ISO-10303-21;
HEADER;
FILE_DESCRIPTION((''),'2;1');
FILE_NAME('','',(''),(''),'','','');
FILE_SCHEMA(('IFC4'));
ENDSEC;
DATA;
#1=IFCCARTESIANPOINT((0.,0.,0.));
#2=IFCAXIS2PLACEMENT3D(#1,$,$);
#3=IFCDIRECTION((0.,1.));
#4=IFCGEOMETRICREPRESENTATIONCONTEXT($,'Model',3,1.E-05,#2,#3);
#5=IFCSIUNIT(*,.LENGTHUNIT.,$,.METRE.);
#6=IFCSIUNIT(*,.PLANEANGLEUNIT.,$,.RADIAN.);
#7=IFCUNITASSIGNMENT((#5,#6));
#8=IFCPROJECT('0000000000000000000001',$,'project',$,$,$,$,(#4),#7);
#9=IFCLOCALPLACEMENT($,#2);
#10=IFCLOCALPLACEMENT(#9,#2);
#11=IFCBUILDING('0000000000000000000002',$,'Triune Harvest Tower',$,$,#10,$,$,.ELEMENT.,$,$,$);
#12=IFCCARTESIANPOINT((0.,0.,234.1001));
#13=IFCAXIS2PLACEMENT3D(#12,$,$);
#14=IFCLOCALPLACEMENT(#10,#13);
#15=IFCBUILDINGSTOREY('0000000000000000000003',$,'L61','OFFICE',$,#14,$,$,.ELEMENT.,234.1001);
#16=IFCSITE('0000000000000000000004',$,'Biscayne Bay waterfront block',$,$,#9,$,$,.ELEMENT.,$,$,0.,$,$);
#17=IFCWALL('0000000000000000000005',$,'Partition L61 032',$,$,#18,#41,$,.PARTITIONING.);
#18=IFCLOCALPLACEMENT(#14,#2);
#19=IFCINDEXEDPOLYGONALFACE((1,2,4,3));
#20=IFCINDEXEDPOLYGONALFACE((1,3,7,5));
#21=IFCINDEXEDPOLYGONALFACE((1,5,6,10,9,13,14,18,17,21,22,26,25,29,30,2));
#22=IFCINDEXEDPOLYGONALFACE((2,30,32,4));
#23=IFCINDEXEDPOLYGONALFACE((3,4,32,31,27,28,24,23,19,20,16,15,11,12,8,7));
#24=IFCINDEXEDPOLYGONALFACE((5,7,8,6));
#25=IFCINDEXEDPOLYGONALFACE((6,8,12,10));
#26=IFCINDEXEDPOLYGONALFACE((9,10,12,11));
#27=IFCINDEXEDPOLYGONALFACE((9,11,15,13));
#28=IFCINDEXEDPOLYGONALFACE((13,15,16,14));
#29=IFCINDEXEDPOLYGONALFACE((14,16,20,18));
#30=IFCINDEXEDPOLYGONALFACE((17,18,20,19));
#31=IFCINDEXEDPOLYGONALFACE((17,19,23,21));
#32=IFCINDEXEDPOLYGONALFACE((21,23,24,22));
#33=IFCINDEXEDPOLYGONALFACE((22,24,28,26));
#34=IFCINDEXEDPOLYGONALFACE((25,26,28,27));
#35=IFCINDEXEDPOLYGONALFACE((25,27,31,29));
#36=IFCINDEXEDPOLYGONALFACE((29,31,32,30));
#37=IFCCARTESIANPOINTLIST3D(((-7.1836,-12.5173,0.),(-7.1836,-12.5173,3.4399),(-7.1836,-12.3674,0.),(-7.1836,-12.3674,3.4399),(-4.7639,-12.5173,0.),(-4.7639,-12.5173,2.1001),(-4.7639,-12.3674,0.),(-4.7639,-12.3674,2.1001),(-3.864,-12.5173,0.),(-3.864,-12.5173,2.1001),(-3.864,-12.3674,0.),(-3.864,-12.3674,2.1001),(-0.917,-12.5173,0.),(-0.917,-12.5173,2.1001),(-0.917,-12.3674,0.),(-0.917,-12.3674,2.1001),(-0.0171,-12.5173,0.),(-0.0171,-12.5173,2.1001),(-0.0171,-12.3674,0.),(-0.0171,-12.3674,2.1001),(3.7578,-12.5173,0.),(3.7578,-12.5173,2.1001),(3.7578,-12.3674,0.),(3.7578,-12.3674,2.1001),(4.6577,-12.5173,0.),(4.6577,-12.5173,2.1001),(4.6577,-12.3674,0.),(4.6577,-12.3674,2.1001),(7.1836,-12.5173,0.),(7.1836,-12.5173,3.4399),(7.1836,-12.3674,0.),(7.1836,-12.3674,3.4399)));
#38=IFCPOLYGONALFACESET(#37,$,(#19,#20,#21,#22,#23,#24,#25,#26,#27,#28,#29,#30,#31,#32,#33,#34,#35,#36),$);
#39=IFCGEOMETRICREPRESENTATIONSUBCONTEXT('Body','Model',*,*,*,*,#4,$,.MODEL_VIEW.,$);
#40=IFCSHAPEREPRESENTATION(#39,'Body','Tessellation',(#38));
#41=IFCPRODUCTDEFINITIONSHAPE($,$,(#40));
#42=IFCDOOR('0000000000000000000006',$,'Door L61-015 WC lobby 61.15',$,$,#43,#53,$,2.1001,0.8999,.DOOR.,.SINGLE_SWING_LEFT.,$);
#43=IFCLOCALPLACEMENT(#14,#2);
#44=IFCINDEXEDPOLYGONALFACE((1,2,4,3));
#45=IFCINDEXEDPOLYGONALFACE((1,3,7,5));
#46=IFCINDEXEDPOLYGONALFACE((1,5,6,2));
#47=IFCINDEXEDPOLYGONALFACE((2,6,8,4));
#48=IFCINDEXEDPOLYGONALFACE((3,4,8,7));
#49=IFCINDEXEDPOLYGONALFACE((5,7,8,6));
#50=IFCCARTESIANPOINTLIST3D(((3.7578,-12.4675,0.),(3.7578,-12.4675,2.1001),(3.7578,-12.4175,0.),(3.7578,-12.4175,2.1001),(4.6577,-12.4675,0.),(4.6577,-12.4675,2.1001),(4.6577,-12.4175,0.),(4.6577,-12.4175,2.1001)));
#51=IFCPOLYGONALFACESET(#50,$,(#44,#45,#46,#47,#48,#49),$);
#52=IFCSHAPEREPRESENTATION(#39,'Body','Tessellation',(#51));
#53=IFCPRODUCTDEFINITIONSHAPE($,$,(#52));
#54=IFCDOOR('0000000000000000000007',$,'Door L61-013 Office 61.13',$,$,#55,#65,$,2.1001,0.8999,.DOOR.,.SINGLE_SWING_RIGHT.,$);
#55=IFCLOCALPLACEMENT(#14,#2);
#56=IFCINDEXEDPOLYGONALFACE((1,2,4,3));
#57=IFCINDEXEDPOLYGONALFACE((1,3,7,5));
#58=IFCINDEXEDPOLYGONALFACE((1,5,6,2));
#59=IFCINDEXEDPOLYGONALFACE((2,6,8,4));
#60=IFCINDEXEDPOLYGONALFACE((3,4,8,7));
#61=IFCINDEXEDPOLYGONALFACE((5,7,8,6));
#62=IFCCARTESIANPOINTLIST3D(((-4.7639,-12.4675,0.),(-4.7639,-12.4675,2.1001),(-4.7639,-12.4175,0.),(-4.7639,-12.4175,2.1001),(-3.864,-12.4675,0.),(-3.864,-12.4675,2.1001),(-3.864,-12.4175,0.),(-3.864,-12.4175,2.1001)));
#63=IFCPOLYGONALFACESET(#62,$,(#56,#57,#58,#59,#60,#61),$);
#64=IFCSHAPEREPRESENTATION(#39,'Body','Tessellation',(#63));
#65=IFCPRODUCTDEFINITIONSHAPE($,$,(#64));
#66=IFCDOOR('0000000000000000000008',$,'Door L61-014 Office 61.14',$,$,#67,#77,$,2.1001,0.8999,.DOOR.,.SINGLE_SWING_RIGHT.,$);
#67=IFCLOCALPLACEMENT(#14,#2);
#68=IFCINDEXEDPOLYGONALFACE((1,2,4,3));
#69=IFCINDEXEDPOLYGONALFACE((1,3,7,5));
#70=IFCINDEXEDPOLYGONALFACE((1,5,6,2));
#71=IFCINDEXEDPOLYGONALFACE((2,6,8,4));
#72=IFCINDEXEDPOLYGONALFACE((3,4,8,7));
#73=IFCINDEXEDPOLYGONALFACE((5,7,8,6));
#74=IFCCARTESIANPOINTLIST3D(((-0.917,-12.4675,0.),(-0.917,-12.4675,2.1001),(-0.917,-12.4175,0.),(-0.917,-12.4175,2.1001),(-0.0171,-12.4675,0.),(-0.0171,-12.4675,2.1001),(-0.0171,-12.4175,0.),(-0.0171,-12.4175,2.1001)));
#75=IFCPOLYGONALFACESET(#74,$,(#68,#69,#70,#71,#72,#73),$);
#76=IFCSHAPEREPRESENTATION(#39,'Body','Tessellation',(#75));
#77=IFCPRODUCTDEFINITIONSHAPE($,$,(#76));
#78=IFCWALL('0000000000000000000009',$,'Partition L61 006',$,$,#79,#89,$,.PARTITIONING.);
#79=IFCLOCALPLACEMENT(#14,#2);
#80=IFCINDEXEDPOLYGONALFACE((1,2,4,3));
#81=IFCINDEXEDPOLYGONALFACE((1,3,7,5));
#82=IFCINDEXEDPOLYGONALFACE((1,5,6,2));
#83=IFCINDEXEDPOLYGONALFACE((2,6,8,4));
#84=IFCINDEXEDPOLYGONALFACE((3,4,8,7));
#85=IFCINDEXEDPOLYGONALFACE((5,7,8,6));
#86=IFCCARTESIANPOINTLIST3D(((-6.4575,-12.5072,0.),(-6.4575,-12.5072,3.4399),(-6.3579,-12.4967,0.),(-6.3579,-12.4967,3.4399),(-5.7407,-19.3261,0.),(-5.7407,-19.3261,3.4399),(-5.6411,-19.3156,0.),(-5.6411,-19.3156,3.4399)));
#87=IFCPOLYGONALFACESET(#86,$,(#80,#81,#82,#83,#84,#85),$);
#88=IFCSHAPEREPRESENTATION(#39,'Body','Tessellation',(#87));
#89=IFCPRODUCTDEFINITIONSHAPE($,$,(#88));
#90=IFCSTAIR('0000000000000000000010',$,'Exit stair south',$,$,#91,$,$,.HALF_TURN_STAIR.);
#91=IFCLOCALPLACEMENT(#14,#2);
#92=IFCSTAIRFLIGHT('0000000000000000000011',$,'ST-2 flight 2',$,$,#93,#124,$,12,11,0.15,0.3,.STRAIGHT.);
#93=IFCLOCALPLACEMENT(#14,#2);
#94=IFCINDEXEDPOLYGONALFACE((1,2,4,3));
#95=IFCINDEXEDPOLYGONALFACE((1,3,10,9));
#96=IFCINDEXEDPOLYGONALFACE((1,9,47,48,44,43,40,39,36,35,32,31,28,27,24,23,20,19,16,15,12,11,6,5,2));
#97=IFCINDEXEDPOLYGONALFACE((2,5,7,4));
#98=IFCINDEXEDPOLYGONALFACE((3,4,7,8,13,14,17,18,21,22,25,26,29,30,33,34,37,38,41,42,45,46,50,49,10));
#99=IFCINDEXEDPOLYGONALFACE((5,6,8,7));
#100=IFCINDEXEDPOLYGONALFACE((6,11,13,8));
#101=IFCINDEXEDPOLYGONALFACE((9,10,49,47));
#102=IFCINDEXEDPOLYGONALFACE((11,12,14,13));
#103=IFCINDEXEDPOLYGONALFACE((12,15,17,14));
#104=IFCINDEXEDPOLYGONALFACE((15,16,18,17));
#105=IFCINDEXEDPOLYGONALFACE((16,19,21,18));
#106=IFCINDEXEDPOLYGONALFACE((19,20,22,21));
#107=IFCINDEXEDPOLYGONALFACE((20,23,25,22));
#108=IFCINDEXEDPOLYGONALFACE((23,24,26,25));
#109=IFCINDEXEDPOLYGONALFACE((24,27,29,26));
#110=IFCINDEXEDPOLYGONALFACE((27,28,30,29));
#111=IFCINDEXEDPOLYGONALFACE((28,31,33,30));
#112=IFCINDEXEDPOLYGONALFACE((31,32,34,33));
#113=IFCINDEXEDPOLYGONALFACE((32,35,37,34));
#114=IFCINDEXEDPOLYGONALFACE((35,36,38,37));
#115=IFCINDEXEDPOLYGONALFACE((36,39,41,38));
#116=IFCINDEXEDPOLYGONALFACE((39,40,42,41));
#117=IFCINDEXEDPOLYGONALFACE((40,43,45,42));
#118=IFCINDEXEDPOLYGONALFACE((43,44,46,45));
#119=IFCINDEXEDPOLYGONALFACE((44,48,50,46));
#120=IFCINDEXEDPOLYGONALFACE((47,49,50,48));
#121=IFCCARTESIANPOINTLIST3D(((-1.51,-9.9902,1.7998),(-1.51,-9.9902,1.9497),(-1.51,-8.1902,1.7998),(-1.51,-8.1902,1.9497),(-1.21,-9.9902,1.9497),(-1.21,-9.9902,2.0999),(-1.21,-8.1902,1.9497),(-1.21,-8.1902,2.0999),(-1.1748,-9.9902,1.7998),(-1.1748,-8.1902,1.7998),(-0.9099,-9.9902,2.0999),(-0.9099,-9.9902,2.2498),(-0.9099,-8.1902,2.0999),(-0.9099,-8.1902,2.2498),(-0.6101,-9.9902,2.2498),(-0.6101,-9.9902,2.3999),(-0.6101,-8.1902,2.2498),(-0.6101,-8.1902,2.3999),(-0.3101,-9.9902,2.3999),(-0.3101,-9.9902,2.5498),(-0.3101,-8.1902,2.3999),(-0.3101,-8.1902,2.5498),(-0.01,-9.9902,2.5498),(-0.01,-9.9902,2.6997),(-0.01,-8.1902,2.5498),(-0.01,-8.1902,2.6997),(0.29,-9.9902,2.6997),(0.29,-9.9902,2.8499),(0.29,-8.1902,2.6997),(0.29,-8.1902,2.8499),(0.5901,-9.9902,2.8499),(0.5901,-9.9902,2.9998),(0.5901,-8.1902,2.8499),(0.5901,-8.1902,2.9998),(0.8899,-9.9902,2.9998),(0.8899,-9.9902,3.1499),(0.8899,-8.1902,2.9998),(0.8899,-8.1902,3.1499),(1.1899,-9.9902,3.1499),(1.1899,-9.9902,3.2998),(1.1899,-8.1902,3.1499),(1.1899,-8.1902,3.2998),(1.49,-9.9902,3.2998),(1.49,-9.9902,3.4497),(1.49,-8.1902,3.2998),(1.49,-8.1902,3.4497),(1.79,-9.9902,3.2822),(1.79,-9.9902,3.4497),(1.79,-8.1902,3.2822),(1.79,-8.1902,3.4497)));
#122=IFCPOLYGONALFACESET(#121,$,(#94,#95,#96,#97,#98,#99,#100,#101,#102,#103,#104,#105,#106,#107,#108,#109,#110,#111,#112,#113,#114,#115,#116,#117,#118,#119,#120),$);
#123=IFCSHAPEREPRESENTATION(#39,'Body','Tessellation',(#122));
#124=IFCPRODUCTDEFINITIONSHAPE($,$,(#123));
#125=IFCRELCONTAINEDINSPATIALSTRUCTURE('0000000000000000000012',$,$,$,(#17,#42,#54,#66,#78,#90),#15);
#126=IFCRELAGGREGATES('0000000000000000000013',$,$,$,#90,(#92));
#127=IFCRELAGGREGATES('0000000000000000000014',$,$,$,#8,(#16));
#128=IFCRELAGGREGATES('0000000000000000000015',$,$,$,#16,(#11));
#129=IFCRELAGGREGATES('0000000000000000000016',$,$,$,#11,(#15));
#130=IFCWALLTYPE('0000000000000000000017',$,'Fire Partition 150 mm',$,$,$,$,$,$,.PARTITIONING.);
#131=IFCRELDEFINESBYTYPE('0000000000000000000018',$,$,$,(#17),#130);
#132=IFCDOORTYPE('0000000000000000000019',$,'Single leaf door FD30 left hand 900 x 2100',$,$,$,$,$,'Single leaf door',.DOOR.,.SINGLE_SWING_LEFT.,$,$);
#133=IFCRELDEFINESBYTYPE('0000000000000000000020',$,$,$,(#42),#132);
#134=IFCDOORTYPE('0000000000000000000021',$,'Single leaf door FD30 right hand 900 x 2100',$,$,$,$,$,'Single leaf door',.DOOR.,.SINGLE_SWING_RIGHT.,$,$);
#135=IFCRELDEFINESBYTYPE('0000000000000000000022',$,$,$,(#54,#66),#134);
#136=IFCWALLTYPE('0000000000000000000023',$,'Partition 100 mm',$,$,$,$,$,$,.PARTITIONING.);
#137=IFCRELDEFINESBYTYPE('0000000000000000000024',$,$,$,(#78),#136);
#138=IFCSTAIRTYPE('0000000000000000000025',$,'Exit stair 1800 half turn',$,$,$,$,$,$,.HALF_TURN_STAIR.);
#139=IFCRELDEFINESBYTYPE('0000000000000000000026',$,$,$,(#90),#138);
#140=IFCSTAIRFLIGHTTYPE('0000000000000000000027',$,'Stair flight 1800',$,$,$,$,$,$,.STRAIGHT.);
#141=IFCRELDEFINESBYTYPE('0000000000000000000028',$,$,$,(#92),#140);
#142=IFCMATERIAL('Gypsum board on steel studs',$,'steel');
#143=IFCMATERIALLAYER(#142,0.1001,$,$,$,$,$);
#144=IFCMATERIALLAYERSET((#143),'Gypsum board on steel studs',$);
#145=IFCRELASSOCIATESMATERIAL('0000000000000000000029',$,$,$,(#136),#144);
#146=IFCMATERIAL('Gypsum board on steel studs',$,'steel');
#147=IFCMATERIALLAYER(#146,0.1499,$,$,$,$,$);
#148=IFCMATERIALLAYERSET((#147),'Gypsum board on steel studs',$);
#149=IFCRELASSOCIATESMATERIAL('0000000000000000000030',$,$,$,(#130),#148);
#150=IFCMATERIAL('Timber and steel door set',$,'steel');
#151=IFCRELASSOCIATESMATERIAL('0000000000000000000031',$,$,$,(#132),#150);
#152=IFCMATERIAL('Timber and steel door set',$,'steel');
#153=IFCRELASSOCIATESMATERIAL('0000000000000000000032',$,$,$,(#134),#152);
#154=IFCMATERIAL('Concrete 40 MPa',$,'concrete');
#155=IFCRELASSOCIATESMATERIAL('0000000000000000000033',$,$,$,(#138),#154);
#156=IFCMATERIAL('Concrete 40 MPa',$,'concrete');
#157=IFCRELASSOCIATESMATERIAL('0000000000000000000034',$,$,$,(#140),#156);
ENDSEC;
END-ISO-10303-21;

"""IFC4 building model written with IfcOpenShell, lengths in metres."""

from ifc_helpers import new_model, si_unit, direction, frame, frame_2d, origin, place, context, subcontext, project, spatial, polyline, rectangle, outline, extrude, source, transform, mapped, material, layer, layer_set, type_object, element, fill, aggregate, save


model = new_model("IFC4")

# Units and contexts
model_context = context("Model", 3, precision=1e-05, world=origin(), true_north=direction((0.0, 1.0)))
body_context = subcontext(model_context, "Body", "Model", "MODEL_VIEW")
ifc_project = project(units=[si_unit("LENGTHUNIT", "METRE"), si_unit("PLANEANGLEUNIT", "RADIAN")], contexts=[model_context])

# Site, building, storey
site_placement = place(None, origin())
site = spatial("IfcSite", under=ifc_project, at=site_placement, Name="Biscayne Bay waterfront block", CompositionType="ELEMENT", RefElevation=0.0)
building_placement = place(site_placement, origin())
building = spatial("IfcBuilding", under=site, at=building_placement, Name="Triune Harvest Tower", CompositionType="ELEMENT")
storey_placement = place(building_placement, frame((0.0, 0.0, 234.1001)))
storey = spatial("IfcBuildingStorey", under=building, at=storey_placement, Name="L61", Description="OFFICE", CompositionType="ELEMENT", Elevation=234.1001)

# Shared definitions
ifc_material_1 = material(Name="Gypsum board on steel studs", Category="steel")
ifc_layer_1 = layer(ifc_material_1, 0.1001)
ifc_layer_set_1 = layer_set([ifc_layer_1], Name="Gypsum board on steel studs")
wall_type_1 = type_object("IfcWallType", Name="Partition 100 mm", PredefinedType="PARTITIONING", material=ifc_layer_set_1)

# Wall, openings, doors
ifc_material_2 = material(Name="Gypsum board on steel studs", Category="steel")
ifc_layer_2 = layer(ifc_material_2, 0.1499)
ifc_layer_set_2 = layer_set([ifc_layer_2], Name="Gypsum board on steel studs")
wall_type_2 = type_object("IfcWallType", Name="Fire Partition 150 mm", PredefinedType="PARTITIONING", material=ifc_layer_set_2)
shared_shape_1 = source(origin(), body_context, "Body", "SweptSolid", [
    extrude(rectangle(XDim=14.3672, YDim=0.1499, at=frame_2d((7.1836, 0.0))), origin(), (0.0, 0.0, 1.0), 3.4399),
])
wall_1_placement = place(storey_placement, frame((-7.1836, -12.4424, 0.0), z_axis=(0.0, 0.0, 1.0), x_axis=(1.0, 0.0, 0.0)))
wall_1 = element("IfcWall", 1, at=wall_1_placement, inside=storey, type_object=wall_type_2, Name="Partition L61 032", PredefinedType="PARTITIONING", context=body_context, shape_type="MappedRepresentation", body=[
    mapped(shared_shape_1, transform((0.0, 0.0, 0.0), scale=1.0)),
])
opening_1_placement = place(wall_1_placement, frame((2.4197, 0.0, 0.0)))
opening_1 = element("IfcOpeningElement", 2, at=opening_1_placement, cuts=wall_1, PredefinedType="OPENING", context=body_context, shape_type="SweptSolid", body=[
    extrude(rectangle(XDim=0.8999, YDim=2.1001, at=frame_2d((0.45, 1.05))), frame((0.0, 0.085, 0.0), z_axis=(0.0, -1.0, 0.0), x_axis=(1.0, 0.0, 0.0)), (0.0, 0.0, 1.0), 0.1699),
])
opening_2_placement = place(wall_1_placement, frame((6.2666, 0.0, 0.0)))
opening_2 = element("IfcOpeningElement", 3, at=opening_2_placement, cuts=wall_1, PredefinedType="OPENING", context=body_context, shape_type="SweptSolid", body=[
    extrude(rectangle(XDim=0.8999, YDim=2.1001, at=frame_2d((0.45, 1.05))), frame((0.0, 0.085, 0.0), z_axis=(0.0, -1.0, 0.0), x_axis=(1.0, 0.0, 0.0)), (0.0, 0.0, 1.0), 0.1699),
])
opening_3_placement = place(wall_1_placement, frame((10.9414, 0.0, 0.0)))
opening_3 = element("IfcOpeningElement", 4, at=opening_3_placement, cuts=wall_1, PredefinedType="OPENING", context=body_context, shape_type="SweptSolid", body=[
    extrude(rectangle(XDim=0.8999, YDim=2.1001, at=frame_2d((0.45, 1.05))), frame((0.0, 0.085, 0.0), z_axis=(0.0, -1.0, 0.0), x_axis=(1.0, 0.0, 0.0)), (0.0, 0.0, 1.0), 0.1699),
])
ifc_material_3 = material(Name="Timber and steel door set", Category="steel")
door_type_1 = type_object("IfcDoorType", Name="Single leaf door FD30 left hand 900 x 2100", ElementType="Single leaf door", OperationType="SINGLE_SWING_LEFT", PredefinedType="DOOR", material=ifc_material_3)
door_1_placement = place(opening_3_placement, origin())
door_1 = element("IfcDoor", 5, at=door_1_placement, inside=storey, type_object=door_type_1, Name="Door L61-015 WC lobby 61.15", OperationType="SINGLE_SWING_LEFT", OverallHeight=2.1001, OverallWidth=0.8999, PredefinedType="DOOR", context=body_context, shape_type="SweptSolid", body=[
    extrude(rectangle(XDim=0.8999, YDim=2.1001, at=frame_2d((0.45, 1.05))), frame((0.0, 0.0249, 0.0), z_axis=(0.0, -1.0, 0.0), x_axis=(1.0, 0.0, 0.0)), (0.0, 0.0, 1.0), 0.05),
])
fill(opening_3, door_1)
ifc_material_4 = material(Name="Timber and steel door set", Category="steel")
door_type_2 = type_object("IfcDoorType", Name="Single leaf door FD30 right hand 900 x 2100", ElementType="Single leaf door", OperationType="SINGLE_SWING_RIGHT", PredefinedType="DOOR", material=ifc_material_4)
door_2_placement = place(opening_1_placement, origin())
door_2 = element("IfcDoor", 6, at=door_2_placement, inside=storey, type_object=door_type_2, Name="Door L61-013 Office 61.13", OperationType="SINGLE_SWING_RIGHT", OverallHeight=2.1001, OverallWidth=0.8999, PredefinedType="DOOR", context=body_context, shape_type="SweptSolid", body=[
    extrude(rectangle(XDim=0.8999, YDim=2.1001, at=frame_2d((0.45, 1.05))), frame((0.0, 0.0249, 0.0), z_axis=(0.0, -1.0, 0.0), x_axis=(1.0, 0.0, 0.0)), (0.0, 0.0, 1.0), 0.05),
])
fill(opening_1, door_2)
door_3_placement = place(opening_2_placement, origin())
door_3 = element("IfcDoor", 7, at=door_3_placement, inside=storey, type_object=door_type_2, Name="Door L61-014 Office 61.14", OperationType="SINGLE_SWING_RIGHT", OverallHeight=2.1001, OverallWidth=0.8999, PredefinedType="DOOR", context=body_context, shape_type="SweptSolid", body=[
    extrude(rectangle(XDim=0.8999, YDim=2.1001, at=frame_2d((0.45, 1.05))), frame((0.0, 0.0249, 0.0), z_axis=(0.0, -1.0, 0.0), x_axis=(1.0, 0.0, 0.0)), (0.0, 0.0, 1.0), 0.05),
])
fill(opening_2, door_3)

# Wall
shared_shape_2 = source(origin(), body_context, "Body", "SweptSolid", [
    extrude(rectangle(XDim=6.8564, YDim=0.1001, at=frame_2d((3.4282, 0.0))), origin(), (0.0, 0.0, 1.0), 3.4399),
])
wall_2_placement = place(storey_placement, frame((-6.4077, -12.502, 0.0), z_axis=(0.0, 0.0, 1.0), x_axis=(0.104544, -0.99452, 0.0)))
element("IfcWall", 8, at=wall_2_placement, inside=storey, type_object=wall_type_1, Name="Partition L61 006", PredefinedType="PARTITIONING", context=body_context, shape_type="MappedRepresentation", body=[
    mapped(shared_shape_2, transform((0.0, 0.0, 0.0), scale=1.0)),
])

# Stair, stair flight
ifc_material_5 = material(Name="Concrete 40 MPa", Category="concrete")
stair_type = type_object("IfcStairType", Name="Exit stair 1800 half turn", PredefinedType="HALF_TURN_STAIR", material=ifc_material_5)
stair_placement = place(storey_placement, origin())
stair = element("IfcStair", 9, at=stair_placement, inside=storey, type_object=stair_type, Name="Exit stair south", PredefinedType="HALF_TURN_STAIR")
ifc_material_6 = material(Name="Concrete 40 MPa", Category="concrete")
stair_flight_type = type_object("IfcStairFlightType", Name="Stair flight 1800", PredefinedType="STRAIGHT", material=ifc_material_6)
shared_shape_3 = source(origin(), body_context, "Body", "SweptSolid", [
    extrude(outline(polyline([(0.0, 0.0), (0.0, 0.1499), (0.3, 0.1499), (0.3, 0.3), (0.6001, 0.3), (0.6001, 0.45), (0.8999, 0.45), (0.8999, 0.6001), (1.2, 0.6001), (1.2, 0.75), (1.5, 0.75), (1.5, 0.8999), (1.8, 0.8999), (1.8, 1.05), (2.1001, 1.05), (2.1001, 1.2), (2.3999, 1.2), (2.3999, 1.3501), (2.7, 1.3501), (2.7, 1.5), (3.0, 1.5), (3.0, 1.6499), (3.3, 1.6499), (3.3, 1.8), (3.3, 1.4824), (0.3352, 0.0), (0.0, 0.0)])), frame((0.0, 0.8999, 0.0), z_axis=(0.0, -1.0, 0.0), x_axis=(1.0, 0.0, 0.0)), (0.0, 0.0, 1.0), 1.8),
])
stair_flight_placement = place(storey_placement, frame((-1.51, -9.0901, 1.7998), z_axis=(0.0, 0.0, 1.0), x_axis=(1.0, 0.0, 0.0)))
stair_flight = element("IfcStairFlight", 10, at=stair_flight_placement, type_object=stair_flight_type, Name="ST-2 flight 2", NumberOfRisers=12, NumberOfTreads=11, PredefinedType="STRAIGHT", RiserHeight=0.15, TreadLength=0.3, context=body_context, shape_type="MappedRepresentation", body=[
    mapped(shared_shape_3, transform((0.0, 0.0, 0.0), scale=1.0)),
])
aggregate(stair, [stair_flight])

save(model, "model.ifc")
